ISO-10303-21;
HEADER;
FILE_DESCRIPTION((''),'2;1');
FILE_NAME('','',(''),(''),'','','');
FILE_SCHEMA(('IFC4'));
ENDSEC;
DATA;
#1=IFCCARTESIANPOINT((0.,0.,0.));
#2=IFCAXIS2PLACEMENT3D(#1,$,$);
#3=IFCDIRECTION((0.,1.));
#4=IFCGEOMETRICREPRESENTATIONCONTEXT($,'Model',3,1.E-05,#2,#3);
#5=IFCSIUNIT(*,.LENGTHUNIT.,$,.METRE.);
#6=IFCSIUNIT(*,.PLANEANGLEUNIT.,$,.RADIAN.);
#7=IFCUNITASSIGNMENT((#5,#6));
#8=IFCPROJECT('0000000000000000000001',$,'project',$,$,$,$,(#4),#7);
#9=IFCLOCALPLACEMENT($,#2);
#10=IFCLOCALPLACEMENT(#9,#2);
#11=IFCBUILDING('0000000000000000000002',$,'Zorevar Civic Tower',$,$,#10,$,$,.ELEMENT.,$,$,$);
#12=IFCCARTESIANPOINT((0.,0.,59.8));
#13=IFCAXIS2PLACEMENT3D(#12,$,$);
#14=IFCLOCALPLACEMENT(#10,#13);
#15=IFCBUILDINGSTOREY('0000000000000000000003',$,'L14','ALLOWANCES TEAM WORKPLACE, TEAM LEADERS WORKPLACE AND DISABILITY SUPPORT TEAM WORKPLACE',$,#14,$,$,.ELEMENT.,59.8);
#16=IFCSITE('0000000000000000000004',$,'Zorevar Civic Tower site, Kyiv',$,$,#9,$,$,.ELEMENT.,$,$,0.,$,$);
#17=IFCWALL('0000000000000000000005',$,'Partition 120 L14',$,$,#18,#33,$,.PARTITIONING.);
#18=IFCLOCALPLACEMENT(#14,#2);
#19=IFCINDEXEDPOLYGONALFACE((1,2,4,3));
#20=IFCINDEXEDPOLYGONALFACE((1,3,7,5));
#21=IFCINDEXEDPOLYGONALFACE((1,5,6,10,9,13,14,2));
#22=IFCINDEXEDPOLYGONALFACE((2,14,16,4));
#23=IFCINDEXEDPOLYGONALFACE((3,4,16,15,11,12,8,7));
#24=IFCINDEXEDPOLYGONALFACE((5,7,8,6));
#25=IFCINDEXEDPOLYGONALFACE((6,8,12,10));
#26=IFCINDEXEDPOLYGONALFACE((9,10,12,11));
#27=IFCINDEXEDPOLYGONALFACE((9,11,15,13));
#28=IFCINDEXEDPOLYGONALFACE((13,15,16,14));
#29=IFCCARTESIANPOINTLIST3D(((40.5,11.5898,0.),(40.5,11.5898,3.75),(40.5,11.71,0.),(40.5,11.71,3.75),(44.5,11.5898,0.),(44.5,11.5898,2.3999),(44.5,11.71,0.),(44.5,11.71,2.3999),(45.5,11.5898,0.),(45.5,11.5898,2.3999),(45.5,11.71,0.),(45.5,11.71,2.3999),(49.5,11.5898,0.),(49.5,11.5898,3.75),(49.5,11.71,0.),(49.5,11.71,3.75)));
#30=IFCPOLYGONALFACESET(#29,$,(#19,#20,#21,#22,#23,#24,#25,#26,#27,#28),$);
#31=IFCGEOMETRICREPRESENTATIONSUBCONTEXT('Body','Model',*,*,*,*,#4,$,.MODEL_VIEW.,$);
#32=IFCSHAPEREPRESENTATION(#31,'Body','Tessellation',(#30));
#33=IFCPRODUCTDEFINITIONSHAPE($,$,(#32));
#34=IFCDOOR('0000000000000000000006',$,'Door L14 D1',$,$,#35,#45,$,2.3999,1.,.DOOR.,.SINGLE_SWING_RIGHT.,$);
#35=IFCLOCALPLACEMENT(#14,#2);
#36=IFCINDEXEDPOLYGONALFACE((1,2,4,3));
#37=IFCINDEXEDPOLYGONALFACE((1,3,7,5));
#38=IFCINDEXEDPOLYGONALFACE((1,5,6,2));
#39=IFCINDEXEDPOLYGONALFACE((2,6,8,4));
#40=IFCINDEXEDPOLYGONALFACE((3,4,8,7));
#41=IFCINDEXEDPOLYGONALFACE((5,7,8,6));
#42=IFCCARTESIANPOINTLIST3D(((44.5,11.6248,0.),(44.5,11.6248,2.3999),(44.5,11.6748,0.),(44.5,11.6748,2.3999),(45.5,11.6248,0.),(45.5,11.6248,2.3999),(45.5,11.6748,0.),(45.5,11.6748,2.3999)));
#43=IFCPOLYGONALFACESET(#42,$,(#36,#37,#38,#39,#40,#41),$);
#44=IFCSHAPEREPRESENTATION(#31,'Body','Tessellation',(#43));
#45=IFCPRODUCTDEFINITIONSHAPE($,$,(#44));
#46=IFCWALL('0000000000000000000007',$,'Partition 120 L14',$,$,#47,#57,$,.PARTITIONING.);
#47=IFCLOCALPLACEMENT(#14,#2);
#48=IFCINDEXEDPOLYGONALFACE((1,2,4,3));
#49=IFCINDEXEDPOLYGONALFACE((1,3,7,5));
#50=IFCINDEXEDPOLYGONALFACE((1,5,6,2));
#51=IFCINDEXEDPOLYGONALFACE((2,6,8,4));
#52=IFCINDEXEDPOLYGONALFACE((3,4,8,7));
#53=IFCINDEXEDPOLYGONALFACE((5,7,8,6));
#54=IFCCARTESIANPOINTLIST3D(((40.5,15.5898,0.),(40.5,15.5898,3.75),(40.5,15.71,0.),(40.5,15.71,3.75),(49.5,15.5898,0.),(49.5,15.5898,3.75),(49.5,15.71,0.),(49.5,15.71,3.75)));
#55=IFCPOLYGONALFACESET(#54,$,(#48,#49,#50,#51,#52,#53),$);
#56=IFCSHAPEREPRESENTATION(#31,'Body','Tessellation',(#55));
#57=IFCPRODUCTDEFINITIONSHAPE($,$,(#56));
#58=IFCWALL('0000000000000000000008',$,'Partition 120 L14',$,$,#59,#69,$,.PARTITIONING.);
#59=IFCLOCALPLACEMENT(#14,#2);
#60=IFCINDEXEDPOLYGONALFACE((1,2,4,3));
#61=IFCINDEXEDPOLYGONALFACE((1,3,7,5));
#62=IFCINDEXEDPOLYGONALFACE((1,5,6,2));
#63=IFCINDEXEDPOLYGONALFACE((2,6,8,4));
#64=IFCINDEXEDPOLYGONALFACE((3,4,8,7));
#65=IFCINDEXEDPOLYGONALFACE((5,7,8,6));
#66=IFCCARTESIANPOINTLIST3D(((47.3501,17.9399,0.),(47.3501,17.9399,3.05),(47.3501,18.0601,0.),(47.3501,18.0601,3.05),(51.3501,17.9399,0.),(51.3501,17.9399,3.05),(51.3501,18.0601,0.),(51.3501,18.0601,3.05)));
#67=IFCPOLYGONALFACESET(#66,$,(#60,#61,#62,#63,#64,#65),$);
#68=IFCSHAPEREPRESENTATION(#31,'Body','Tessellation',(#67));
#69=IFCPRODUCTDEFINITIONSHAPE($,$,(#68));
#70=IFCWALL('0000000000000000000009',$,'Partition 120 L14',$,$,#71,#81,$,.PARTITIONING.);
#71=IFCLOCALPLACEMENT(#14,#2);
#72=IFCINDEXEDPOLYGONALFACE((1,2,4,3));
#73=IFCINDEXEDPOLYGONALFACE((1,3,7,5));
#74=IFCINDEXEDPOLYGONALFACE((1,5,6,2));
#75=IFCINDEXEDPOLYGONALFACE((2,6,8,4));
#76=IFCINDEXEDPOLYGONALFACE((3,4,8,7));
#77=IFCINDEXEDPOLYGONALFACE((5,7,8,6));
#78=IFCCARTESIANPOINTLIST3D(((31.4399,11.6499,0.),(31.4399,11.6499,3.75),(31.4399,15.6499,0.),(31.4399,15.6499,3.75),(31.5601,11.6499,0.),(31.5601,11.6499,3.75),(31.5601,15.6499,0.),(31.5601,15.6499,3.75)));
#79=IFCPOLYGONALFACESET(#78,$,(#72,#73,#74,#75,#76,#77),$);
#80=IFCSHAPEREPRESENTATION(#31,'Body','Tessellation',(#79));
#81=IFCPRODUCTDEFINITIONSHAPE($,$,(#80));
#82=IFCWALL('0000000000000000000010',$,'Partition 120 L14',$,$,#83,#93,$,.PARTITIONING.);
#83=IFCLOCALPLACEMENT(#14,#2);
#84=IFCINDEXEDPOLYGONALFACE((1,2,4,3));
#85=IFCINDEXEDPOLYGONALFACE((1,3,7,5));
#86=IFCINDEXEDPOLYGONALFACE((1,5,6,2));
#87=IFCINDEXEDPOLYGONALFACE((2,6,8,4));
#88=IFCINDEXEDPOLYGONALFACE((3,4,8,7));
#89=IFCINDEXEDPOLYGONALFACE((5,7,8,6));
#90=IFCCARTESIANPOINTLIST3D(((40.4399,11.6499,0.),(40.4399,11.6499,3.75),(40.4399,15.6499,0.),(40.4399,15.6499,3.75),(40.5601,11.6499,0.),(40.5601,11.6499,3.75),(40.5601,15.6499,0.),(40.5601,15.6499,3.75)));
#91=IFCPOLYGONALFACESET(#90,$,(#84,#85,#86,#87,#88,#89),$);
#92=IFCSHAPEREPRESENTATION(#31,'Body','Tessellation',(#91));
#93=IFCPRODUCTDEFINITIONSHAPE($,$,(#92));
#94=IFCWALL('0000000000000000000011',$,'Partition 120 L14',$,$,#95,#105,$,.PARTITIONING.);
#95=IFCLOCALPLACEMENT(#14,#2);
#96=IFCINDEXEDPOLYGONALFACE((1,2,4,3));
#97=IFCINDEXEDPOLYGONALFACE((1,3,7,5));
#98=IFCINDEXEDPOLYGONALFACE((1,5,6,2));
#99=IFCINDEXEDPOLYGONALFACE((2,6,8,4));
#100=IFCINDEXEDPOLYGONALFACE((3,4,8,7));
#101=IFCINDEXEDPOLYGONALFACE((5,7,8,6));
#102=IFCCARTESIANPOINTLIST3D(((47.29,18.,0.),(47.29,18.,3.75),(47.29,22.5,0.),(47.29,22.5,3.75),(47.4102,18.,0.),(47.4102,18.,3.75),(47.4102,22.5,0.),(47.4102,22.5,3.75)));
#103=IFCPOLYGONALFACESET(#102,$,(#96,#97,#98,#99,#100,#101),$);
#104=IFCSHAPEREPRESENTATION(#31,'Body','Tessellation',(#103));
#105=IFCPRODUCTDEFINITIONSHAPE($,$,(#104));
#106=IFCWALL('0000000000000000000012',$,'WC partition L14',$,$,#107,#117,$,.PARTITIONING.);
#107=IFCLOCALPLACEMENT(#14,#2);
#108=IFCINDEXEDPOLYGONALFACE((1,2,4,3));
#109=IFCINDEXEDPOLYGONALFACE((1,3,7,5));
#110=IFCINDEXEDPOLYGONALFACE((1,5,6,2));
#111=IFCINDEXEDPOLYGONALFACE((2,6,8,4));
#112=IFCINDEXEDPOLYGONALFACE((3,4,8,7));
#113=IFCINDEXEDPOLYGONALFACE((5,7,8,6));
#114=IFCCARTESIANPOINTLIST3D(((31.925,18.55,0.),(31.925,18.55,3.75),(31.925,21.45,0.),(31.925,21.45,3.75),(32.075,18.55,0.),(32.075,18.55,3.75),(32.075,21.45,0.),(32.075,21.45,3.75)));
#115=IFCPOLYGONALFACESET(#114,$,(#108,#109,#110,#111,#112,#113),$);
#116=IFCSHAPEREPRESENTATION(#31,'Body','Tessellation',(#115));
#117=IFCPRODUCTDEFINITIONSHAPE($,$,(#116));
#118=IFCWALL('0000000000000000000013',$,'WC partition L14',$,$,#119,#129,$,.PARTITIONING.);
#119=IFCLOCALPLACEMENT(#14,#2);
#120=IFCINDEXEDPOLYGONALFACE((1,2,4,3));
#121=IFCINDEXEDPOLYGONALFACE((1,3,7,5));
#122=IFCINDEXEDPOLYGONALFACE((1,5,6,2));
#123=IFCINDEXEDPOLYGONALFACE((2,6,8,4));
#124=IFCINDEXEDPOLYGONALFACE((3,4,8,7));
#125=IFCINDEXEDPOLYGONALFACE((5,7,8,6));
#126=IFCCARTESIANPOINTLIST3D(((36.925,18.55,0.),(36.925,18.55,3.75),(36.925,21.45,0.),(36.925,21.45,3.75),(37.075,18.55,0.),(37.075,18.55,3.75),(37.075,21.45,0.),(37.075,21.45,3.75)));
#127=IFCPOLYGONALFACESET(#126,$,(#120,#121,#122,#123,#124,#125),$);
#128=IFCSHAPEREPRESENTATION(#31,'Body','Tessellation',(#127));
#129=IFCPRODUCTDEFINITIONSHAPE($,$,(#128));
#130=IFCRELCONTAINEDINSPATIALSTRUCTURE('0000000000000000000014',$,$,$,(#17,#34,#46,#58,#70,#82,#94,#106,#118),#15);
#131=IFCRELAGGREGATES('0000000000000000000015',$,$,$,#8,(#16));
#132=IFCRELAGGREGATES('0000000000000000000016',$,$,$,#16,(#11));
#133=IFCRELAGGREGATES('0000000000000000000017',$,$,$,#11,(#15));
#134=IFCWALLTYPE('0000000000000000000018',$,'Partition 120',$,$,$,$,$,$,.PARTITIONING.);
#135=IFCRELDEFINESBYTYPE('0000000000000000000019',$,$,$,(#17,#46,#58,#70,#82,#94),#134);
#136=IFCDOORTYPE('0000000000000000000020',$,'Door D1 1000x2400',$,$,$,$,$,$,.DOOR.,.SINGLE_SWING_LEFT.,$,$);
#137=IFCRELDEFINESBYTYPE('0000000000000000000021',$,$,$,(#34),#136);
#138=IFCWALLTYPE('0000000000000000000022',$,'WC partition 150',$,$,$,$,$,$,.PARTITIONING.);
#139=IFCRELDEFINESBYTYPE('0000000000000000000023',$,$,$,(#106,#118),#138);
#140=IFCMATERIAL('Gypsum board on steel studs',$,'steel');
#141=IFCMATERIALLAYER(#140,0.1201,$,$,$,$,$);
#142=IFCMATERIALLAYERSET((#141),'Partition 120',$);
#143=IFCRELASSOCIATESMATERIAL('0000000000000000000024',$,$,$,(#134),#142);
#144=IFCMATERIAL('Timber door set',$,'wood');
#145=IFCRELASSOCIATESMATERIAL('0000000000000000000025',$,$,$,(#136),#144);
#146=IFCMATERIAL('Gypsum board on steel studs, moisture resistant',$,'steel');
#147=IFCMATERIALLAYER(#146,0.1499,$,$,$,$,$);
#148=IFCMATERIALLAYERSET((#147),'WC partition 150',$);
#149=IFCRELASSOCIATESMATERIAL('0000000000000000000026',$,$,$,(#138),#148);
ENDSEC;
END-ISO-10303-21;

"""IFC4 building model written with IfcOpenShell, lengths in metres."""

from ifc_helpers import new_model, si_unit, direction, frame, frame_2d, origin, place, context, subcontext, project, spatial, rectangle, extrude, material, layer, layer_set, type_object, element, fill, save


model = new_model("IFC4")

# Units and contexts
model_context = context("Model", 3, precision=1e-05, world=origin(), true_north=direction((0.0, 1.0)))
body_context = subcontext(model_context, "Body", "Model", "MODEL_VIEW")
ifc_project = project(units=[si_unit("LENGTHUNIT", "METRE"), si_unit("PLANEANGLEUNIT", "RADIAN")], contexts=[model_context])

# Site, building, storey
site_placement = place(None, origin())
site = spatial("IfcSite", under=ifc_project, at=site_placement, Name="Zorevar Civic Tower site, Kyiv", CompositionType="ELEMENT", RefElevation=0.0)
building_placement = place(site_placement, origin())
building = spatial("IfcBuilding", under=site, at=building_placement, Name="Zorevar Civic Tower", CompositionType="ELEMENT")
storey_placement = place(building_placement, frame((0.0, 0.0, 59.8)))
storey = spatial("IfcBuildingStorey", under=building, at=storey_placement, Name="L14", Description="ALLOWANCES TEAM WORKPLACE, TEAM LEADERS WORKPLACE AND DISABILITY SUPPORT TEAM WORKPLACE", CompositionType="ELEMENT", Elevation=59.8)

# Wall, opening, door
ifc_material_1 = material(Name="Gypsum board on steel studs", Category="steel")
ifc_layer_1 = layer(ifc_material_1, 0.1201)
ifc_layer_set_1 = layer_set([ifc_layer_1], Name="Partition 120")
wall_type_1 = type_object("IfcWallType", Name="Partition 120", PredefinedType="PARTITIONING", material=ifc_layer_set_1)
wall_1_placement = place(storey_placement, frame((40.5, 11.6499, 0.0), z_axis=(0.0, 0.0, 1.0), x_axis=(1.0, 0.0, 0.0)))
wall_1 = element("IfcWall", 1, at=wall_1_placement, inside=storey, type_object=wall_type_1, Name="Partition 120 L14", PredefinedType="PARTITIONING", context=body_context, shape_type="SweptSolid", body=[
    extrude(rectangle(XDim=9.0, YDim=0.1201, at=frame_2d((4.5, 0.0))), origin(), (0.0, 0.0, 1.0), 3.75),
])
opening_1_placement = place(wall_1_placement, frame((4.0, 0.0, 0.0)))
opening_1 = element("IfcOpeningElement", 2, at=opening_1_placement, cuts=wall_1, PredefinedType="OPENING", context=body_context, shape_type="SweptSolid", body=[
    extrude(rectangle(XDim=1.0, YDim=2.3999, at=frame_2d((0.5, 1.2))), frame((0.0, 0.0701, 0.0), z_axis=(0.0, -1.0, 0.0), x_axis=(1.0, 0.0, 0.0)), (0.0, 0.0, 1.0), 0.1401),
])
ifc_material_2 = material(Name="Timber door set", Category="wood")
door_type_1 = type_object("IfcDoorType", Name="Door D1 1000x2400", OperationType="SINGLE_SWING_LEFT", PredefinedType="DOOR", material=ifc_material_2)
door_1_placement = place(opening_1_placement, origin())
door_1 = element("IfcDoor", 3, at=door_1_placement, inside=storey, type_object=door_type_1, Name="Door L14 D1", OperationType="SINGLE_SWING_RIGHT", OverallHeight=2.3999, OverallWidth=1.0, PredefinedType="DOOR", context=body_context, shape_type="SweptSolid", body=[
    extrude(rectangle(XDim=1.0, YDim=2.3999, at=frame_2d((0.5, 1.2))), frame((0.0, 0.0249, 0.0), z_axis=(0.0, -1.0, 0.0), x_axis=(1.0, 0.0, 0.0)), (0.0, 0.0, 1.0), 0.05),
])
fill(opening_1, door_1)

# Walls
wall_2_placement = place(storey_placement, frame((40.5, 15.6499, 0.0), z_axis=(0.0, 0.0, 1.0), x_axis=(1.0, 0.0, 0.0)))
element("IfcWall", 4, at=wall_2_placement, inside=storey, type_object=wall_type_1, Name="Partition 120 L14", PredefinedType="PARTITIONING", context=body_context, shape_type="SweptSolid", body=[
    extrude(rectangle(XDim=9.0, YDim=0.1201, at=frame_2d((4.5, 0.0))), origin(), (0.0, 0.0, 1.0), 3.75),
])
wall_3_placement = place(storey_placement, frame((47.3501, 18.0, 0.0), z_axis=(0.0, 0.0, 1.0), x_axis=(1.0, 0.0, 0.0)))
element("IfcWall", 5, at=wall_3_placement, inside=storey, type_object=wall_type_1, Name="Partition 120 L14", PredefinedType="PARTITIONING", context=body_context, shape_type="SweptSolid", body=[
    extrude(rectangle(XDim=4.0, YDim=0.1201, at=frame_2d((2.0, 0.0))), origin(), (0.0, 0.0, 1.0), 3.05),
])
for number, where, z_axis, x_axis, name in (
    (6, (31.5, 11.6499, 0.0), (0.0, 0.0, 1.0), (0.0, 1.0, 0.0), "Partition 120 L14"),
    (7, (40.5, 11.6499, 0.0), (0.0, 0.0, 1.0), (0.0, 1.0, 0.0), "Partition 120 L14"),
):
    element("IfcWall", number, at=place(storey_placement, frame(where, z_axis=z_axis, x_axis=x_axis)), inside=storey, type_object=wall_type_1, Name=name, PredefinedType="PARTITIONING", context=body_context, shape_type="SweptSolid", body=[
        extrude(rectangle(XDim=4.0, YDim=0.1201, at=frame_2d((2.0, 0.0))), origin(), (0.0, 0.0, 1.0), 3.75),
    ])
wall_4_placement = place(storey_placement, frame((47.3501, 18.0, 0.0), z_axis=(0.0, 0.0, 1.0), x_axis=(0.0, 1.0, 0.0)))
element("IfcWall", 8, at=wall_4_placement, inside=storey, type_object=wall_type_1, Name="Partition 120 L14", PredefinedType="PARTITIONING", context=body_context, shape_type="SweptSolid", body=[
    extrude(rectangle(XDim=4.5, YDim=0.1201, at=frame_2d((2.25, 0.0))), origin(), (0.0, 0.0, 1.0), 3.75),
])
ifc_material_3 = material(Name="Gypsum board on steel studs, moisture resistant", Category="steel")
ifc_layer_2 = layer(ifc_material_3, 0.1499)
ifc_layer_set_2 = layer_set([ifc_layer_2], Name="WC partition 150")
wall_type_2 = type_object("IfcWallType", Name="WC partition 150", PredefinedType="PARTITIONING", material=ifc_layer_set_2)
for number, where, z_axis, x_axis, name in (
    (9, (32.0, 18.55, 0.0), (0.0, 0.0, 1.0), (0.0, 1.0, 0.0), "WC partition L14"),
    (10, (37.0, 18.55, 0.0), (0.0, 0.0, 1.0), (0.0, 1.0, 0.0), "WC partition L14"),
):
    element("IfcWall", number, at=place(storey_placement, frame(where, z_axis=z_axis, x_axis=x_axis)), inside=storey, type_object=wall_type_2, Name=name, PredefinedType="PARTITIONING", context=body_context, shape_type="SweptSolid", body=[
        extrude(rectangle(XDim=2.8999, YDim=0.1499, at=frame_2d((1.45, 0.0))), origin(), (0.0, 0.0, 1.0), 3.75),
    ])

save(model, "model.ifc")
